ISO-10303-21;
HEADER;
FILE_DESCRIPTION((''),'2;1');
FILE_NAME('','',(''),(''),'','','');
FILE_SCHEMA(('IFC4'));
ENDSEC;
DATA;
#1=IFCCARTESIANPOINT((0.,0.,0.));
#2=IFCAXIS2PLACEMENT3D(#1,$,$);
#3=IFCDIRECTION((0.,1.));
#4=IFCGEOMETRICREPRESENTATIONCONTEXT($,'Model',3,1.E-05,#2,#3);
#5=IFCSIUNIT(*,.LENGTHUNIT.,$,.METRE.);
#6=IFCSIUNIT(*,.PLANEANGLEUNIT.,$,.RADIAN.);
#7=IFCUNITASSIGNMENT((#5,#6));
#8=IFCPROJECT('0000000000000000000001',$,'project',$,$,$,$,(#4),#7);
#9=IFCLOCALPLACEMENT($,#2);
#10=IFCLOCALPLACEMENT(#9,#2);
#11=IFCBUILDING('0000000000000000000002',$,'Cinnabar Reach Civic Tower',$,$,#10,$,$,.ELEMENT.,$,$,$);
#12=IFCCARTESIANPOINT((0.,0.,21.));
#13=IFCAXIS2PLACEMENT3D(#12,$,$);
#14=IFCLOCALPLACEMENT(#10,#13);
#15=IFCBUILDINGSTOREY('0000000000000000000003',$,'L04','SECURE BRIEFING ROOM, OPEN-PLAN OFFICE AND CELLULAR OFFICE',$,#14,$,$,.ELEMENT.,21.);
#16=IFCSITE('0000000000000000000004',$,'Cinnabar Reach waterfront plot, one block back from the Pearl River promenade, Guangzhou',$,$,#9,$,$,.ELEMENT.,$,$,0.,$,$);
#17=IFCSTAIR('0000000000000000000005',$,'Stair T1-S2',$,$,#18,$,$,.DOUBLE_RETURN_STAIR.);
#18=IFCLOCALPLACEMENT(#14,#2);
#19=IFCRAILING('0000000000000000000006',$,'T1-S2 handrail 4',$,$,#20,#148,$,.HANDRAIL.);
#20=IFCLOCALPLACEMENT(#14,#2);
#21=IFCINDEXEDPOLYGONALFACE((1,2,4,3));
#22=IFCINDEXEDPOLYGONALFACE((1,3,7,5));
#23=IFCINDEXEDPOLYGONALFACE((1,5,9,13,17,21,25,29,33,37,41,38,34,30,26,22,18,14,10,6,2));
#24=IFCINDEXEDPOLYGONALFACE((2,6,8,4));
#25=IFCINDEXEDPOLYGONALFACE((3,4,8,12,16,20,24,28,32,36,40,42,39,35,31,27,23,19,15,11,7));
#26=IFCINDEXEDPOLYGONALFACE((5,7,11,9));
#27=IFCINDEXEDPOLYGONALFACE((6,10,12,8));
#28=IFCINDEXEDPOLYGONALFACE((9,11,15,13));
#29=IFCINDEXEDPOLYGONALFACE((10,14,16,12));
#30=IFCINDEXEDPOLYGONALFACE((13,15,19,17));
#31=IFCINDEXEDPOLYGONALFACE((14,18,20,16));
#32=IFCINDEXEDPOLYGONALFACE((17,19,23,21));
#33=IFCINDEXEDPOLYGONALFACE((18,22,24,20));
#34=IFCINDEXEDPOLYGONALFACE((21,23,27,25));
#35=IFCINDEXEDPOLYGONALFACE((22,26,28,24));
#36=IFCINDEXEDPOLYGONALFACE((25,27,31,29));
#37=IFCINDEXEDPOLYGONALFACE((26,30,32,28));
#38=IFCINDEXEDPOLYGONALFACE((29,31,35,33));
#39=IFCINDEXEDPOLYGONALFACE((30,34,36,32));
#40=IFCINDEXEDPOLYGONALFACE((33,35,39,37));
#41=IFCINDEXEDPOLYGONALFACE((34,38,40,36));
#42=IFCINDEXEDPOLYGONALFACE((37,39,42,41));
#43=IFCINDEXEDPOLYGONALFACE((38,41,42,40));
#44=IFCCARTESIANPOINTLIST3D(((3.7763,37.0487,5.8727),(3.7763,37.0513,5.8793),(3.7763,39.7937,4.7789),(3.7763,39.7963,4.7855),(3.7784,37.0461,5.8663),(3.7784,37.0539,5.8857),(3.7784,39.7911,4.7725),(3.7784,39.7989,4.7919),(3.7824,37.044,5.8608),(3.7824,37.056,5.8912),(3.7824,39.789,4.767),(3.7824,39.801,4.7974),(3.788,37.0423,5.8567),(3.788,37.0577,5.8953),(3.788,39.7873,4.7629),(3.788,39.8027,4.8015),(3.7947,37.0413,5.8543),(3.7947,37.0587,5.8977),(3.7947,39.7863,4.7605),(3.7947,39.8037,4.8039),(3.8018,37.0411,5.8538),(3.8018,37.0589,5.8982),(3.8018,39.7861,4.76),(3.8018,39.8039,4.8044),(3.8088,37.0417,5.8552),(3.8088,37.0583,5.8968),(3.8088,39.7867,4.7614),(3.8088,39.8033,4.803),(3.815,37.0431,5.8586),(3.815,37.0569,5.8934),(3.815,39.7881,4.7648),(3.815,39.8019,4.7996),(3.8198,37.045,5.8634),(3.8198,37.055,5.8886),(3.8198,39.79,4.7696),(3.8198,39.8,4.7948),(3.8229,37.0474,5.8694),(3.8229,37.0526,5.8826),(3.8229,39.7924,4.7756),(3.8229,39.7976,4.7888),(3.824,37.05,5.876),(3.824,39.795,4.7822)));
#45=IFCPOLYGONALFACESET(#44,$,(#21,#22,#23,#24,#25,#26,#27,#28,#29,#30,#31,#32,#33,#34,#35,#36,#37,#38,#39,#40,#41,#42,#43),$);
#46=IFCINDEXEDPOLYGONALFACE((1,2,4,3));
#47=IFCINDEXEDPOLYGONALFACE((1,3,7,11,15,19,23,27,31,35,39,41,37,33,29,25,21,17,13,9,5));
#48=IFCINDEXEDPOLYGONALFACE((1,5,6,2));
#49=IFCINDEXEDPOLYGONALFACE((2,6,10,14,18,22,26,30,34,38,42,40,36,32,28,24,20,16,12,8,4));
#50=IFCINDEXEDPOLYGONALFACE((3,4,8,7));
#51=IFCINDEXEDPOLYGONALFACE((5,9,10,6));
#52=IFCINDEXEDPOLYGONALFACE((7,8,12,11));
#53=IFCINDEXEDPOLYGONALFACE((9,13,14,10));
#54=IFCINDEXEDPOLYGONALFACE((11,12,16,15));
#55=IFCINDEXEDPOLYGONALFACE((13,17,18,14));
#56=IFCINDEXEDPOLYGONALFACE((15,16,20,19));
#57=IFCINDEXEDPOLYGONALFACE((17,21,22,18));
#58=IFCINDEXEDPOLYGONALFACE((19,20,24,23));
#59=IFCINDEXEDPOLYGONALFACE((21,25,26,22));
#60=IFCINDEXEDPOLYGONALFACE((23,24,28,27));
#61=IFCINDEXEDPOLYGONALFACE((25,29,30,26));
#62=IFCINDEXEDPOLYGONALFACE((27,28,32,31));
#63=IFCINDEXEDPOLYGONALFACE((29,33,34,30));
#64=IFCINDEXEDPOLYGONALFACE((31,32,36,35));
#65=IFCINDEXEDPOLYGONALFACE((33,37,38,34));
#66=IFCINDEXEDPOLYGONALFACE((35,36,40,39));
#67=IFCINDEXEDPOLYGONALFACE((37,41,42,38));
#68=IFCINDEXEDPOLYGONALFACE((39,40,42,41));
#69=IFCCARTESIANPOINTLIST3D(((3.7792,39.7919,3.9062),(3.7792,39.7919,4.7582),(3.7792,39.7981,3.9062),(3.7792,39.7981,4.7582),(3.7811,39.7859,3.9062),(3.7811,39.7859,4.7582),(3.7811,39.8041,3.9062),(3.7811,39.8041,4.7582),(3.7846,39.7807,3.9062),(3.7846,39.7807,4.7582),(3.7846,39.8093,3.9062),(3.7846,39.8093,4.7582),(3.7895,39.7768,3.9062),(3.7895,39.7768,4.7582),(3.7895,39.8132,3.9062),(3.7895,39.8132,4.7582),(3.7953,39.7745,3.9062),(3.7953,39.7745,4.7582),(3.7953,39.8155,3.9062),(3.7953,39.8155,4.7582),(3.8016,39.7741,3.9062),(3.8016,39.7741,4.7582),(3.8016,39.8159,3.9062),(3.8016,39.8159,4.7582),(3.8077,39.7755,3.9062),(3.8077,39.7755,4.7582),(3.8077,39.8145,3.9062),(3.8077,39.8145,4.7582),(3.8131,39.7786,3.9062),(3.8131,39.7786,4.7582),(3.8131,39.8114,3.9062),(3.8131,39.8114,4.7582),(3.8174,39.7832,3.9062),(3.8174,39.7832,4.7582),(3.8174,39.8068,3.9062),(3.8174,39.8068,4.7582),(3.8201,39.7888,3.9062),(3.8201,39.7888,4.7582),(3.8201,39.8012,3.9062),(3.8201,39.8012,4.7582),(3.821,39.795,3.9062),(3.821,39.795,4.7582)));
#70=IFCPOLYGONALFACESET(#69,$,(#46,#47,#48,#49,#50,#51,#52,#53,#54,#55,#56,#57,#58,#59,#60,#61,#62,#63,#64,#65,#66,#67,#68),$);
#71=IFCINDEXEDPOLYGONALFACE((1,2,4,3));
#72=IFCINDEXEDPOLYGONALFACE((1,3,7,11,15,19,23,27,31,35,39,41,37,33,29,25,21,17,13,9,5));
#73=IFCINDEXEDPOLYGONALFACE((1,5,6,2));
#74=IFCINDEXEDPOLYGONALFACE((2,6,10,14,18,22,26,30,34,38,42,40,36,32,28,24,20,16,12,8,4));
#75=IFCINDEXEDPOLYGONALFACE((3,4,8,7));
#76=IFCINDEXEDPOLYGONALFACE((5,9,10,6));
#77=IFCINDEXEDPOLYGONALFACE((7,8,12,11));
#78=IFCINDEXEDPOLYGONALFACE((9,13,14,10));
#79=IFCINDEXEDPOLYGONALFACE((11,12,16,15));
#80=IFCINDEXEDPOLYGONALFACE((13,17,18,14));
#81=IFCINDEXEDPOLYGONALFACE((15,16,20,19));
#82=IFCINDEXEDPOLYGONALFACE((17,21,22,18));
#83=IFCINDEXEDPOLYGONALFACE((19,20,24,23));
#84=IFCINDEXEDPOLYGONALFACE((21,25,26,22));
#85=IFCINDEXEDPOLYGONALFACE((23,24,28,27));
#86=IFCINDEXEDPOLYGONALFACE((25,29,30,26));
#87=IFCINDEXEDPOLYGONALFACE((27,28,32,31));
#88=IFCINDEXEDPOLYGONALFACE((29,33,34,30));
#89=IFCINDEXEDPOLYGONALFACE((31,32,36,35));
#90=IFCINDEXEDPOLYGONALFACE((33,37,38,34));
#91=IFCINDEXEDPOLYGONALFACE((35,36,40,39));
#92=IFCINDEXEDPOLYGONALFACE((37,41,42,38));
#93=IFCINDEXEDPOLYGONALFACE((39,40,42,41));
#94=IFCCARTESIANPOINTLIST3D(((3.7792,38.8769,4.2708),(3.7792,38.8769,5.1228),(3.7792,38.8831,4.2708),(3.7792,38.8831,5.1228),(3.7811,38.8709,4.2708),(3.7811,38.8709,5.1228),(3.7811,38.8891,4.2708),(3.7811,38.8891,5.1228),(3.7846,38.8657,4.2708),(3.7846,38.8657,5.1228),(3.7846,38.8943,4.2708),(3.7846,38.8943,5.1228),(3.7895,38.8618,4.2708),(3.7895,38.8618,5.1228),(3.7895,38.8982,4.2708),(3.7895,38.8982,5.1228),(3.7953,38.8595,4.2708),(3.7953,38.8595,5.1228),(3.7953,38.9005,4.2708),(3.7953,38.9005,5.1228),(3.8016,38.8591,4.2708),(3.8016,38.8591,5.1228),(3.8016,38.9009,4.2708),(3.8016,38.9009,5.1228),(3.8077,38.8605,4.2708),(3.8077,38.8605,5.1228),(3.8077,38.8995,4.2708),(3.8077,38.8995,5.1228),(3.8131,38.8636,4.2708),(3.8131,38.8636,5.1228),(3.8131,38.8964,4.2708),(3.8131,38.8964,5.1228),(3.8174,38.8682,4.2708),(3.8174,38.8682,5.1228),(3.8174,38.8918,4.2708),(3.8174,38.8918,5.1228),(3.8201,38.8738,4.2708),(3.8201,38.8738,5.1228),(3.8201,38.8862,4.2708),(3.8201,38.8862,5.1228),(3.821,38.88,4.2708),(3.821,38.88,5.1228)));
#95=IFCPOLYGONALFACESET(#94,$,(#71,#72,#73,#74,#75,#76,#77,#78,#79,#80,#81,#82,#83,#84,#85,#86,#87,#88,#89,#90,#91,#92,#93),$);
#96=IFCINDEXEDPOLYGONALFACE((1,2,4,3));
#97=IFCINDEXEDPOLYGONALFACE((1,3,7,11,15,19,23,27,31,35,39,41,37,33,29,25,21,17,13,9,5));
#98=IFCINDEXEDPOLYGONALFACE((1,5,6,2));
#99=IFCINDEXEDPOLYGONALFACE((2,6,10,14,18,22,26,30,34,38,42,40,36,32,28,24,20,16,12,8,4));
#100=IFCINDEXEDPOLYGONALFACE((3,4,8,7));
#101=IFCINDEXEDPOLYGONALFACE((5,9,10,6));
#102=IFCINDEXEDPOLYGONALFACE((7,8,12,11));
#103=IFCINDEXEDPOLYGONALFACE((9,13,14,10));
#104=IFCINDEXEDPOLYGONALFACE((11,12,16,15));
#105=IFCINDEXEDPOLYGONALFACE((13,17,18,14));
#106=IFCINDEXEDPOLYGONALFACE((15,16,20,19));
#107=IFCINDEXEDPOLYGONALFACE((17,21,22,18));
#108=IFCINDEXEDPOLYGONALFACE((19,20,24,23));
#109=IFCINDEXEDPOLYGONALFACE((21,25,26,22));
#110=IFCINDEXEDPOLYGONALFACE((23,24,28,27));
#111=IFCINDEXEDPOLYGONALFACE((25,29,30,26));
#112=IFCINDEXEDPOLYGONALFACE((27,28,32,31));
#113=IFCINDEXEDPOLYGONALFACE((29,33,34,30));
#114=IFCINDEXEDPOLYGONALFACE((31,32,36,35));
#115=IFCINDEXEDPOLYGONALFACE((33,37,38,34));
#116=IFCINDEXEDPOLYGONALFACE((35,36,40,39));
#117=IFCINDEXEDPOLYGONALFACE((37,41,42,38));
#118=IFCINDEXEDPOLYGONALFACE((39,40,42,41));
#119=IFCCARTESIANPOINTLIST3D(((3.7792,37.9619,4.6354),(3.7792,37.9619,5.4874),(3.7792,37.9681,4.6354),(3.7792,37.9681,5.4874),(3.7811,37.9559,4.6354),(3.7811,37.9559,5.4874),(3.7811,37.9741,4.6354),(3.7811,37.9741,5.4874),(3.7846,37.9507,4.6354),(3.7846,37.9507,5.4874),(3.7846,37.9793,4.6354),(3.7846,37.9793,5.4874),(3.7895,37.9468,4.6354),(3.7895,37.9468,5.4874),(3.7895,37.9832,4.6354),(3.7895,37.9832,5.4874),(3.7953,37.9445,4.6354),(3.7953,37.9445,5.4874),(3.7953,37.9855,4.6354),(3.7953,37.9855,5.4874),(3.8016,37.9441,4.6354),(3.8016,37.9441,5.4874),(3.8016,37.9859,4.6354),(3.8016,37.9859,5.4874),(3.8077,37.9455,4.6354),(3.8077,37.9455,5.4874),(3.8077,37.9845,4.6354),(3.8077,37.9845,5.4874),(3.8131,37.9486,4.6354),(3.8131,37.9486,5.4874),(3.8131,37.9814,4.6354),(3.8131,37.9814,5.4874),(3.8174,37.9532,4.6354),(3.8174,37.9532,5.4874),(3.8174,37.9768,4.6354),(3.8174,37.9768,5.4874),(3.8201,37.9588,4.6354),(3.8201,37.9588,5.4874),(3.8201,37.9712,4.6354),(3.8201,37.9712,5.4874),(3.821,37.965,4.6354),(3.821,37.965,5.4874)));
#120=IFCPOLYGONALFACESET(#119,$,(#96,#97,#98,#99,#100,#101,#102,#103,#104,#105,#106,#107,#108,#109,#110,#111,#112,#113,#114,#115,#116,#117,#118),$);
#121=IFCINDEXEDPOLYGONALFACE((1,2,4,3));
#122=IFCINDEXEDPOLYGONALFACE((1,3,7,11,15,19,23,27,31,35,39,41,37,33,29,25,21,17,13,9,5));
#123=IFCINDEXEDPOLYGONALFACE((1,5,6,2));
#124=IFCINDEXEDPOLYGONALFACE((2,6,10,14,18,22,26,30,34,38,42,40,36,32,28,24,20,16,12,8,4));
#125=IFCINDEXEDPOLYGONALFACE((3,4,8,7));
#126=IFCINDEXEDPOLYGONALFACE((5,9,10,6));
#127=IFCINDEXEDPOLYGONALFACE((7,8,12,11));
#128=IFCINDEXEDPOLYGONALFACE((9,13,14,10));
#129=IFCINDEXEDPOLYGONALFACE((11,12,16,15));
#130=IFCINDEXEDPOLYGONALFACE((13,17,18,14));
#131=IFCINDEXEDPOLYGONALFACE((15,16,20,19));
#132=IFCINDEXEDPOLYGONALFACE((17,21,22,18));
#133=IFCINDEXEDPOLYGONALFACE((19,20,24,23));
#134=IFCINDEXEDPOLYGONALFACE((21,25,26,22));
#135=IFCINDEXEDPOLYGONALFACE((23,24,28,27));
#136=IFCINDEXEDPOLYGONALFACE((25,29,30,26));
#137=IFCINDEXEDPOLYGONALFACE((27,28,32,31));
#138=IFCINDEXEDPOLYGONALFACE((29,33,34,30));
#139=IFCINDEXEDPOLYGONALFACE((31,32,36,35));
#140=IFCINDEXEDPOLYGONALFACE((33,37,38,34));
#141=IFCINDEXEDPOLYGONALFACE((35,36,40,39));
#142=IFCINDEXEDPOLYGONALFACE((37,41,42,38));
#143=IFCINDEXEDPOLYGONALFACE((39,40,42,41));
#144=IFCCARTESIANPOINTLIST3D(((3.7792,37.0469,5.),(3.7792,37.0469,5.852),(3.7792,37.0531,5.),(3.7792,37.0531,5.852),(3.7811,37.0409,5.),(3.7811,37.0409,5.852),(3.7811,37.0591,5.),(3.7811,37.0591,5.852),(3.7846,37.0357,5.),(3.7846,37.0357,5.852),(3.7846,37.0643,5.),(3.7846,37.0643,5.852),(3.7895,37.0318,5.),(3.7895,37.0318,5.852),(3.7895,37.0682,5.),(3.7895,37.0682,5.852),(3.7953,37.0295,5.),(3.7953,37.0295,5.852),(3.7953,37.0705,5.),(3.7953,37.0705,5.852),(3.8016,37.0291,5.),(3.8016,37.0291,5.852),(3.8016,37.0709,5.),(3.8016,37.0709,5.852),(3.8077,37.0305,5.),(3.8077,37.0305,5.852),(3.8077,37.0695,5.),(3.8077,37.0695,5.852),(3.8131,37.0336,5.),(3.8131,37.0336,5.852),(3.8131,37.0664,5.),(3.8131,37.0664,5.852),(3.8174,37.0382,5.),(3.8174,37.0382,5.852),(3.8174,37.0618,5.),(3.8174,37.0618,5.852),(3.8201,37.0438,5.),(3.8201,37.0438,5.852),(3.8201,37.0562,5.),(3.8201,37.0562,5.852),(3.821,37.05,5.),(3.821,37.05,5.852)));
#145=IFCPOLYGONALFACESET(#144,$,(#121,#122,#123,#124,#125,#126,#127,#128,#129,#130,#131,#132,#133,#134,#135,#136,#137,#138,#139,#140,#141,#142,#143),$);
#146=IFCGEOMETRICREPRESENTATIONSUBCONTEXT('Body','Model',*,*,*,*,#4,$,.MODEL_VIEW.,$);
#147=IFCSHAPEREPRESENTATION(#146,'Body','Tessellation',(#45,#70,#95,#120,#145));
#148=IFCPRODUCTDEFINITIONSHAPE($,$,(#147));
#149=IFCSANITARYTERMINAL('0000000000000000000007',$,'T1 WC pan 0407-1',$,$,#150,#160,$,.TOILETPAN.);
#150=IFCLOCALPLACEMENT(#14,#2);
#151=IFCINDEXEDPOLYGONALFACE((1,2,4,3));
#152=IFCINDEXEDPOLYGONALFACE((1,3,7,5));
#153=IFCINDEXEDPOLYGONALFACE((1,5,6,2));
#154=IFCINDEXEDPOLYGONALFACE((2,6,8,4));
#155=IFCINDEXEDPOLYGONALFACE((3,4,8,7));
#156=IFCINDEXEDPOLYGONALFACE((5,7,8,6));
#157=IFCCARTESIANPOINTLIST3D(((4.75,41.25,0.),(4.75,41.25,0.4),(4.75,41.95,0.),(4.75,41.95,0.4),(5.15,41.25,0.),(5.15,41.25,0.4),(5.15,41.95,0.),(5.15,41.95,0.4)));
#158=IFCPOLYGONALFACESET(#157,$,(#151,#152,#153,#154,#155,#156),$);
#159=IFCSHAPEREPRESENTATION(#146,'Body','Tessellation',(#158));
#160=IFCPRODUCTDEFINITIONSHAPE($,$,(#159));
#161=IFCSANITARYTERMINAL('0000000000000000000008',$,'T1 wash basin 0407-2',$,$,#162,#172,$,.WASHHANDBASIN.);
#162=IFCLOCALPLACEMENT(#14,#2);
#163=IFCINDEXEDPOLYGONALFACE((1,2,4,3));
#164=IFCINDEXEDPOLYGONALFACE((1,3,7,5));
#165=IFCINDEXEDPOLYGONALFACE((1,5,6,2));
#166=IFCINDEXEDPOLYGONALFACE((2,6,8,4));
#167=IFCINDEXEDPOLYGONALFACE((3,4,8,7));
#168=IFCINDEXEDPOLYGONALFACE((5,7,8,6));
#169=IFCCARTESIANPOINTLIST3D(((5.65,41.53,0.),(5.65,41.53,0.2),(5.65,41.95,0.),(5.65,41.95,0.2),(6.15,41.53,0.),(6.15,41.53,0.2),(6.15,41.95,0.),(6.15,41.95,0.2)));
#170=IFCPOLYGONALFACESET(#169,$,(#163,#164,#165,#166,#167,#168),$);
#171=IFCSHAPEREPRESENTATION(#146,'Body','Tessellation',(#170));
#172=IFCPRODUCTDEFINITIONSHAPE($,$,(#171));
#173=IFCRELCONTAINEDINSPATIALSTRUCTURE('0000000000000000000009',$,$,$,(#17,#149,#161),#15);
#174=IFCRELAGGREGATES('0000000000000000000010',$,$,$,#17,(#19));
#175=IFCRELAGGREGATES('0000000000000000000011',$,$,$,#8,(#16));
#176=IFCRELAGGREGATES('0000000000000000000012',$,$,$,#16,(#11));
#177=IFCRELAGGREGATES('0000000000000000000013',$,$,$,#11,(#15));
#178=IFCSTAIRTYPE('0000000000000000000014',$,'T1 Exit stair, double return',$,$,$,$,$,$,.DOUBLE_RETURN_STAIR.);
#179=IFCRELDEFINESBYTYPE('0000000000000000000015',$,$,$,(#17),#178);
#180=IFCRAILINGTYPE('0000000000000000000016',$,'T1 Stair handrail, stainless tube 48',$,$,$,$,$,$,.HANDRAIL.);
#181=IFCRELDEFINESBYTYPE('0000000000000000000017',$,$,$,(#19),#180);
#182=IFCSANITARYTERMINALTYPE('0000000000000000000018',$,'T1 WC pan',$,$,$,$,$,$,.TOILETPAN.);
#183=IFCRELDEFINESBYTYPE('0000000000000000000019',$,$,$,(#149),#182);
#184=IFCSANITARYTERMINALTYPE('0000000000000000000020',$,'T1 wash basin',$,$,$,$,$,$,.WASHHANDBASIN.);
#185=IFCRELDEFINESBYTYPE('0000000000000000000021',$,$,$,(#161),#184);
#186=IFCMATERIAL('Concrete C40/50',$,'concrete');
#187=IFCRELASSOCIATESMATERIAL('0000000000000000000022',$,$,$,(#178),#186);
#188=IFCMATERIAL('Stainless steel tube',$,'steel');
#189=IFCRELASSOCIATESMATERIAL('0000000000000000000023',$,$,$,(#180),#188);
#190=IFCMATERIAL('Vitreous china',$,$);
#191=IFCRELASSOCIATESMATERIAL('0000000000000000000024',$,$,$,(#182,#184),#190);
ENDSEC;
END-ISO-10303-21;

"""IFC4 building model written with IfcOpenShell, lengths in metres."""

from ifc_helpers import new_model, si_unit, direction, frame, origin, origin_2d, place, context, subcontext, project, spatial, rectangle, circle, extrude, material, type_object, element, aggregate, save


model = new_model("IFC4")

# Units and contexts
model_context = context("Model", 3, precision=1e-05, world=origin(), true_north=direction((0.0, 1.0)))
body_context = subcontext(model_context, "Body", "Model", "MODEL_VIEW")
ifc_project = project(units=[si_unit("LENGTHUNIT", "METRE"), si_unit("PLANEANGLEUNIT", "RADIAN")], contexts=[model_context])

# Site, building, storey
site_placement = place(None, origin())
site = spatial("IfcSite", under=ifc_project, at=site_placement, Name="Cinnabar Reach waterfront plot, one block back from the Pearl River promenade, Guangzhou", CompositionType="ELEMENT", RefElevation=0.0)
building_placement = place(site_placement, origin())
building = spatial("IfcBuilding", under=site, at=building_placement, Name="Cinnabar Reach Civic Tower", CompositionType="ELEMENT")
storey_placement = place(building_placement, frame((0.0, 0.0, 21.0)))
storey = spatial("IfcBuildingStorey", under=building, at=storey_placement, Name="L04", Description="SECURE BRIEFING ROOM, OPEN-PLAN OFFICE AND CELLULAR OFFICE", CompositionType="ELEMENT", Elevation=21.0)

# Shared definitions
ifc_material_1 = material(Name="Concrete C40/50", Category="concrete")

# Stair, railing
stair_type = type_object("IfcStairType", Name="T1 Exit stair, double return", PredefinedType="DOUBLE_RETURN_STAIR", material=ifc_material_1)
stair_placement = place(storey_placement, origin())
stair = element("IfcStair", 1, at=stair_placement, inside=storey, type_object=stair_type, Name="Stair T1-S2", PredefinedType="DOUBLE_RETURN_STAIR")
ifc_material_2 = material(Name="Stainless steel tube", Category="steel")
railing_type = type_object("IfcRailingType", Name="T1 Stair handrail, stainless tube 48", PredefinedType="HANDRAIL", material=ifc_material_2)
railing_1_placement = place(storey_placement, frame((3.8, 39.795, 3.9062)))
railing_1 = element("IfcRailing", 2, at=railing_1_placement, type_object=railing_type, Name="T1-S2 handrail 4", PredefinedType="HANDRAIL", context=body_context, shape_type="SweptSolid", body=[
    extrude(circle(Radius=0.024, at=origin_2d()), frame((0.0, 0.0, 0.876), z_axis=(0.0, -0.928966, 0.370165), x_axis=(1.0, 0.0, 0.0)), (0.0, 0.0, 1.0), 2.9549),
    extrude(circle(Radius=0.021, at=origin_2d()), origin(), (0.0, 0.0, 1.0), 0.852),
    extrude(circle(Radius=0.021, at=origin_2d()), frame((0.0, -0.915, 0.3646)), (0.0, 0.0, 1.0), 0.852),
    extrude(circle(Radius=0.021, at=origin_2d()), frame((0.0, -1.83, 0.7292)), (0.0, 0.0, 1.0), 0.852),
    extrude(circle(Radius=0.021, at=origin_2d()), frame((0.0, -2.745, 1.0938)), (0.0, 0.0, 1.0), 0.852),
])
aggregate(stair, [railing_1])

# Sanitary terminals
ifc_material_3 = material(Name="Vitreous china")
sanitary_terminal_type_1 = type_object("IfcSanitaryTerminalType", Name="T1 WC pan", PredefinedType="TOILETPAN", material=ifc_material_3)
sanitary_terminal_1_placement = place(storey_placement, frame((4.95, 41.6, 0.0), z_axis=(0.0, 0.0, 1.0), x_axis=(1.0, 0.0, 0.0)))
element("IfcSanitaryTerminal", 3, at=sanitary_terminal_1_placement, inside=storey, type_object=sanitary_terminal_type_1, Name="T1 WC pan 0407-1", PredefinedType="TOILETPAN", context=body_context, shape_type="SweptSolid", body=[
    extrude(rectangle(XDim=0.4, YDim=0.7, at=origin_2d()), origin(), (0.0, 0.0, 1.0), 0.4),
])
sanitary_terminal_type_2 = type_object("IfcSanitaryTerminalType", Name="T1 wash basin", PredefinedType="WASHHANDBASIN", material=ifc_material_3)
sanitary_terminal_2_placement = place(storey_placement, frame((5.9, 41.74, 0.0), z_axis=(0.0, 0.0, 1.0), x_axis=(1.0, 0.0, 0.0)))
element("IfcSanitaryTerminal", 4, at=sanitary_terminal_2_placement, inside=storey, type_object=sanitary_terminal_type_2, Name="T1 wash basin 0407-2", PredefinedType="WASHHANDBASIN", context=body_context, shape_type="SweptSolid", body=[
    extrude(rectangle(XDim=0.5, YDim=0.42, at=origin_2d()), origin(), (0.0, 0.0, 1.0), 0.2),
])

save(model, "model.ifc")
